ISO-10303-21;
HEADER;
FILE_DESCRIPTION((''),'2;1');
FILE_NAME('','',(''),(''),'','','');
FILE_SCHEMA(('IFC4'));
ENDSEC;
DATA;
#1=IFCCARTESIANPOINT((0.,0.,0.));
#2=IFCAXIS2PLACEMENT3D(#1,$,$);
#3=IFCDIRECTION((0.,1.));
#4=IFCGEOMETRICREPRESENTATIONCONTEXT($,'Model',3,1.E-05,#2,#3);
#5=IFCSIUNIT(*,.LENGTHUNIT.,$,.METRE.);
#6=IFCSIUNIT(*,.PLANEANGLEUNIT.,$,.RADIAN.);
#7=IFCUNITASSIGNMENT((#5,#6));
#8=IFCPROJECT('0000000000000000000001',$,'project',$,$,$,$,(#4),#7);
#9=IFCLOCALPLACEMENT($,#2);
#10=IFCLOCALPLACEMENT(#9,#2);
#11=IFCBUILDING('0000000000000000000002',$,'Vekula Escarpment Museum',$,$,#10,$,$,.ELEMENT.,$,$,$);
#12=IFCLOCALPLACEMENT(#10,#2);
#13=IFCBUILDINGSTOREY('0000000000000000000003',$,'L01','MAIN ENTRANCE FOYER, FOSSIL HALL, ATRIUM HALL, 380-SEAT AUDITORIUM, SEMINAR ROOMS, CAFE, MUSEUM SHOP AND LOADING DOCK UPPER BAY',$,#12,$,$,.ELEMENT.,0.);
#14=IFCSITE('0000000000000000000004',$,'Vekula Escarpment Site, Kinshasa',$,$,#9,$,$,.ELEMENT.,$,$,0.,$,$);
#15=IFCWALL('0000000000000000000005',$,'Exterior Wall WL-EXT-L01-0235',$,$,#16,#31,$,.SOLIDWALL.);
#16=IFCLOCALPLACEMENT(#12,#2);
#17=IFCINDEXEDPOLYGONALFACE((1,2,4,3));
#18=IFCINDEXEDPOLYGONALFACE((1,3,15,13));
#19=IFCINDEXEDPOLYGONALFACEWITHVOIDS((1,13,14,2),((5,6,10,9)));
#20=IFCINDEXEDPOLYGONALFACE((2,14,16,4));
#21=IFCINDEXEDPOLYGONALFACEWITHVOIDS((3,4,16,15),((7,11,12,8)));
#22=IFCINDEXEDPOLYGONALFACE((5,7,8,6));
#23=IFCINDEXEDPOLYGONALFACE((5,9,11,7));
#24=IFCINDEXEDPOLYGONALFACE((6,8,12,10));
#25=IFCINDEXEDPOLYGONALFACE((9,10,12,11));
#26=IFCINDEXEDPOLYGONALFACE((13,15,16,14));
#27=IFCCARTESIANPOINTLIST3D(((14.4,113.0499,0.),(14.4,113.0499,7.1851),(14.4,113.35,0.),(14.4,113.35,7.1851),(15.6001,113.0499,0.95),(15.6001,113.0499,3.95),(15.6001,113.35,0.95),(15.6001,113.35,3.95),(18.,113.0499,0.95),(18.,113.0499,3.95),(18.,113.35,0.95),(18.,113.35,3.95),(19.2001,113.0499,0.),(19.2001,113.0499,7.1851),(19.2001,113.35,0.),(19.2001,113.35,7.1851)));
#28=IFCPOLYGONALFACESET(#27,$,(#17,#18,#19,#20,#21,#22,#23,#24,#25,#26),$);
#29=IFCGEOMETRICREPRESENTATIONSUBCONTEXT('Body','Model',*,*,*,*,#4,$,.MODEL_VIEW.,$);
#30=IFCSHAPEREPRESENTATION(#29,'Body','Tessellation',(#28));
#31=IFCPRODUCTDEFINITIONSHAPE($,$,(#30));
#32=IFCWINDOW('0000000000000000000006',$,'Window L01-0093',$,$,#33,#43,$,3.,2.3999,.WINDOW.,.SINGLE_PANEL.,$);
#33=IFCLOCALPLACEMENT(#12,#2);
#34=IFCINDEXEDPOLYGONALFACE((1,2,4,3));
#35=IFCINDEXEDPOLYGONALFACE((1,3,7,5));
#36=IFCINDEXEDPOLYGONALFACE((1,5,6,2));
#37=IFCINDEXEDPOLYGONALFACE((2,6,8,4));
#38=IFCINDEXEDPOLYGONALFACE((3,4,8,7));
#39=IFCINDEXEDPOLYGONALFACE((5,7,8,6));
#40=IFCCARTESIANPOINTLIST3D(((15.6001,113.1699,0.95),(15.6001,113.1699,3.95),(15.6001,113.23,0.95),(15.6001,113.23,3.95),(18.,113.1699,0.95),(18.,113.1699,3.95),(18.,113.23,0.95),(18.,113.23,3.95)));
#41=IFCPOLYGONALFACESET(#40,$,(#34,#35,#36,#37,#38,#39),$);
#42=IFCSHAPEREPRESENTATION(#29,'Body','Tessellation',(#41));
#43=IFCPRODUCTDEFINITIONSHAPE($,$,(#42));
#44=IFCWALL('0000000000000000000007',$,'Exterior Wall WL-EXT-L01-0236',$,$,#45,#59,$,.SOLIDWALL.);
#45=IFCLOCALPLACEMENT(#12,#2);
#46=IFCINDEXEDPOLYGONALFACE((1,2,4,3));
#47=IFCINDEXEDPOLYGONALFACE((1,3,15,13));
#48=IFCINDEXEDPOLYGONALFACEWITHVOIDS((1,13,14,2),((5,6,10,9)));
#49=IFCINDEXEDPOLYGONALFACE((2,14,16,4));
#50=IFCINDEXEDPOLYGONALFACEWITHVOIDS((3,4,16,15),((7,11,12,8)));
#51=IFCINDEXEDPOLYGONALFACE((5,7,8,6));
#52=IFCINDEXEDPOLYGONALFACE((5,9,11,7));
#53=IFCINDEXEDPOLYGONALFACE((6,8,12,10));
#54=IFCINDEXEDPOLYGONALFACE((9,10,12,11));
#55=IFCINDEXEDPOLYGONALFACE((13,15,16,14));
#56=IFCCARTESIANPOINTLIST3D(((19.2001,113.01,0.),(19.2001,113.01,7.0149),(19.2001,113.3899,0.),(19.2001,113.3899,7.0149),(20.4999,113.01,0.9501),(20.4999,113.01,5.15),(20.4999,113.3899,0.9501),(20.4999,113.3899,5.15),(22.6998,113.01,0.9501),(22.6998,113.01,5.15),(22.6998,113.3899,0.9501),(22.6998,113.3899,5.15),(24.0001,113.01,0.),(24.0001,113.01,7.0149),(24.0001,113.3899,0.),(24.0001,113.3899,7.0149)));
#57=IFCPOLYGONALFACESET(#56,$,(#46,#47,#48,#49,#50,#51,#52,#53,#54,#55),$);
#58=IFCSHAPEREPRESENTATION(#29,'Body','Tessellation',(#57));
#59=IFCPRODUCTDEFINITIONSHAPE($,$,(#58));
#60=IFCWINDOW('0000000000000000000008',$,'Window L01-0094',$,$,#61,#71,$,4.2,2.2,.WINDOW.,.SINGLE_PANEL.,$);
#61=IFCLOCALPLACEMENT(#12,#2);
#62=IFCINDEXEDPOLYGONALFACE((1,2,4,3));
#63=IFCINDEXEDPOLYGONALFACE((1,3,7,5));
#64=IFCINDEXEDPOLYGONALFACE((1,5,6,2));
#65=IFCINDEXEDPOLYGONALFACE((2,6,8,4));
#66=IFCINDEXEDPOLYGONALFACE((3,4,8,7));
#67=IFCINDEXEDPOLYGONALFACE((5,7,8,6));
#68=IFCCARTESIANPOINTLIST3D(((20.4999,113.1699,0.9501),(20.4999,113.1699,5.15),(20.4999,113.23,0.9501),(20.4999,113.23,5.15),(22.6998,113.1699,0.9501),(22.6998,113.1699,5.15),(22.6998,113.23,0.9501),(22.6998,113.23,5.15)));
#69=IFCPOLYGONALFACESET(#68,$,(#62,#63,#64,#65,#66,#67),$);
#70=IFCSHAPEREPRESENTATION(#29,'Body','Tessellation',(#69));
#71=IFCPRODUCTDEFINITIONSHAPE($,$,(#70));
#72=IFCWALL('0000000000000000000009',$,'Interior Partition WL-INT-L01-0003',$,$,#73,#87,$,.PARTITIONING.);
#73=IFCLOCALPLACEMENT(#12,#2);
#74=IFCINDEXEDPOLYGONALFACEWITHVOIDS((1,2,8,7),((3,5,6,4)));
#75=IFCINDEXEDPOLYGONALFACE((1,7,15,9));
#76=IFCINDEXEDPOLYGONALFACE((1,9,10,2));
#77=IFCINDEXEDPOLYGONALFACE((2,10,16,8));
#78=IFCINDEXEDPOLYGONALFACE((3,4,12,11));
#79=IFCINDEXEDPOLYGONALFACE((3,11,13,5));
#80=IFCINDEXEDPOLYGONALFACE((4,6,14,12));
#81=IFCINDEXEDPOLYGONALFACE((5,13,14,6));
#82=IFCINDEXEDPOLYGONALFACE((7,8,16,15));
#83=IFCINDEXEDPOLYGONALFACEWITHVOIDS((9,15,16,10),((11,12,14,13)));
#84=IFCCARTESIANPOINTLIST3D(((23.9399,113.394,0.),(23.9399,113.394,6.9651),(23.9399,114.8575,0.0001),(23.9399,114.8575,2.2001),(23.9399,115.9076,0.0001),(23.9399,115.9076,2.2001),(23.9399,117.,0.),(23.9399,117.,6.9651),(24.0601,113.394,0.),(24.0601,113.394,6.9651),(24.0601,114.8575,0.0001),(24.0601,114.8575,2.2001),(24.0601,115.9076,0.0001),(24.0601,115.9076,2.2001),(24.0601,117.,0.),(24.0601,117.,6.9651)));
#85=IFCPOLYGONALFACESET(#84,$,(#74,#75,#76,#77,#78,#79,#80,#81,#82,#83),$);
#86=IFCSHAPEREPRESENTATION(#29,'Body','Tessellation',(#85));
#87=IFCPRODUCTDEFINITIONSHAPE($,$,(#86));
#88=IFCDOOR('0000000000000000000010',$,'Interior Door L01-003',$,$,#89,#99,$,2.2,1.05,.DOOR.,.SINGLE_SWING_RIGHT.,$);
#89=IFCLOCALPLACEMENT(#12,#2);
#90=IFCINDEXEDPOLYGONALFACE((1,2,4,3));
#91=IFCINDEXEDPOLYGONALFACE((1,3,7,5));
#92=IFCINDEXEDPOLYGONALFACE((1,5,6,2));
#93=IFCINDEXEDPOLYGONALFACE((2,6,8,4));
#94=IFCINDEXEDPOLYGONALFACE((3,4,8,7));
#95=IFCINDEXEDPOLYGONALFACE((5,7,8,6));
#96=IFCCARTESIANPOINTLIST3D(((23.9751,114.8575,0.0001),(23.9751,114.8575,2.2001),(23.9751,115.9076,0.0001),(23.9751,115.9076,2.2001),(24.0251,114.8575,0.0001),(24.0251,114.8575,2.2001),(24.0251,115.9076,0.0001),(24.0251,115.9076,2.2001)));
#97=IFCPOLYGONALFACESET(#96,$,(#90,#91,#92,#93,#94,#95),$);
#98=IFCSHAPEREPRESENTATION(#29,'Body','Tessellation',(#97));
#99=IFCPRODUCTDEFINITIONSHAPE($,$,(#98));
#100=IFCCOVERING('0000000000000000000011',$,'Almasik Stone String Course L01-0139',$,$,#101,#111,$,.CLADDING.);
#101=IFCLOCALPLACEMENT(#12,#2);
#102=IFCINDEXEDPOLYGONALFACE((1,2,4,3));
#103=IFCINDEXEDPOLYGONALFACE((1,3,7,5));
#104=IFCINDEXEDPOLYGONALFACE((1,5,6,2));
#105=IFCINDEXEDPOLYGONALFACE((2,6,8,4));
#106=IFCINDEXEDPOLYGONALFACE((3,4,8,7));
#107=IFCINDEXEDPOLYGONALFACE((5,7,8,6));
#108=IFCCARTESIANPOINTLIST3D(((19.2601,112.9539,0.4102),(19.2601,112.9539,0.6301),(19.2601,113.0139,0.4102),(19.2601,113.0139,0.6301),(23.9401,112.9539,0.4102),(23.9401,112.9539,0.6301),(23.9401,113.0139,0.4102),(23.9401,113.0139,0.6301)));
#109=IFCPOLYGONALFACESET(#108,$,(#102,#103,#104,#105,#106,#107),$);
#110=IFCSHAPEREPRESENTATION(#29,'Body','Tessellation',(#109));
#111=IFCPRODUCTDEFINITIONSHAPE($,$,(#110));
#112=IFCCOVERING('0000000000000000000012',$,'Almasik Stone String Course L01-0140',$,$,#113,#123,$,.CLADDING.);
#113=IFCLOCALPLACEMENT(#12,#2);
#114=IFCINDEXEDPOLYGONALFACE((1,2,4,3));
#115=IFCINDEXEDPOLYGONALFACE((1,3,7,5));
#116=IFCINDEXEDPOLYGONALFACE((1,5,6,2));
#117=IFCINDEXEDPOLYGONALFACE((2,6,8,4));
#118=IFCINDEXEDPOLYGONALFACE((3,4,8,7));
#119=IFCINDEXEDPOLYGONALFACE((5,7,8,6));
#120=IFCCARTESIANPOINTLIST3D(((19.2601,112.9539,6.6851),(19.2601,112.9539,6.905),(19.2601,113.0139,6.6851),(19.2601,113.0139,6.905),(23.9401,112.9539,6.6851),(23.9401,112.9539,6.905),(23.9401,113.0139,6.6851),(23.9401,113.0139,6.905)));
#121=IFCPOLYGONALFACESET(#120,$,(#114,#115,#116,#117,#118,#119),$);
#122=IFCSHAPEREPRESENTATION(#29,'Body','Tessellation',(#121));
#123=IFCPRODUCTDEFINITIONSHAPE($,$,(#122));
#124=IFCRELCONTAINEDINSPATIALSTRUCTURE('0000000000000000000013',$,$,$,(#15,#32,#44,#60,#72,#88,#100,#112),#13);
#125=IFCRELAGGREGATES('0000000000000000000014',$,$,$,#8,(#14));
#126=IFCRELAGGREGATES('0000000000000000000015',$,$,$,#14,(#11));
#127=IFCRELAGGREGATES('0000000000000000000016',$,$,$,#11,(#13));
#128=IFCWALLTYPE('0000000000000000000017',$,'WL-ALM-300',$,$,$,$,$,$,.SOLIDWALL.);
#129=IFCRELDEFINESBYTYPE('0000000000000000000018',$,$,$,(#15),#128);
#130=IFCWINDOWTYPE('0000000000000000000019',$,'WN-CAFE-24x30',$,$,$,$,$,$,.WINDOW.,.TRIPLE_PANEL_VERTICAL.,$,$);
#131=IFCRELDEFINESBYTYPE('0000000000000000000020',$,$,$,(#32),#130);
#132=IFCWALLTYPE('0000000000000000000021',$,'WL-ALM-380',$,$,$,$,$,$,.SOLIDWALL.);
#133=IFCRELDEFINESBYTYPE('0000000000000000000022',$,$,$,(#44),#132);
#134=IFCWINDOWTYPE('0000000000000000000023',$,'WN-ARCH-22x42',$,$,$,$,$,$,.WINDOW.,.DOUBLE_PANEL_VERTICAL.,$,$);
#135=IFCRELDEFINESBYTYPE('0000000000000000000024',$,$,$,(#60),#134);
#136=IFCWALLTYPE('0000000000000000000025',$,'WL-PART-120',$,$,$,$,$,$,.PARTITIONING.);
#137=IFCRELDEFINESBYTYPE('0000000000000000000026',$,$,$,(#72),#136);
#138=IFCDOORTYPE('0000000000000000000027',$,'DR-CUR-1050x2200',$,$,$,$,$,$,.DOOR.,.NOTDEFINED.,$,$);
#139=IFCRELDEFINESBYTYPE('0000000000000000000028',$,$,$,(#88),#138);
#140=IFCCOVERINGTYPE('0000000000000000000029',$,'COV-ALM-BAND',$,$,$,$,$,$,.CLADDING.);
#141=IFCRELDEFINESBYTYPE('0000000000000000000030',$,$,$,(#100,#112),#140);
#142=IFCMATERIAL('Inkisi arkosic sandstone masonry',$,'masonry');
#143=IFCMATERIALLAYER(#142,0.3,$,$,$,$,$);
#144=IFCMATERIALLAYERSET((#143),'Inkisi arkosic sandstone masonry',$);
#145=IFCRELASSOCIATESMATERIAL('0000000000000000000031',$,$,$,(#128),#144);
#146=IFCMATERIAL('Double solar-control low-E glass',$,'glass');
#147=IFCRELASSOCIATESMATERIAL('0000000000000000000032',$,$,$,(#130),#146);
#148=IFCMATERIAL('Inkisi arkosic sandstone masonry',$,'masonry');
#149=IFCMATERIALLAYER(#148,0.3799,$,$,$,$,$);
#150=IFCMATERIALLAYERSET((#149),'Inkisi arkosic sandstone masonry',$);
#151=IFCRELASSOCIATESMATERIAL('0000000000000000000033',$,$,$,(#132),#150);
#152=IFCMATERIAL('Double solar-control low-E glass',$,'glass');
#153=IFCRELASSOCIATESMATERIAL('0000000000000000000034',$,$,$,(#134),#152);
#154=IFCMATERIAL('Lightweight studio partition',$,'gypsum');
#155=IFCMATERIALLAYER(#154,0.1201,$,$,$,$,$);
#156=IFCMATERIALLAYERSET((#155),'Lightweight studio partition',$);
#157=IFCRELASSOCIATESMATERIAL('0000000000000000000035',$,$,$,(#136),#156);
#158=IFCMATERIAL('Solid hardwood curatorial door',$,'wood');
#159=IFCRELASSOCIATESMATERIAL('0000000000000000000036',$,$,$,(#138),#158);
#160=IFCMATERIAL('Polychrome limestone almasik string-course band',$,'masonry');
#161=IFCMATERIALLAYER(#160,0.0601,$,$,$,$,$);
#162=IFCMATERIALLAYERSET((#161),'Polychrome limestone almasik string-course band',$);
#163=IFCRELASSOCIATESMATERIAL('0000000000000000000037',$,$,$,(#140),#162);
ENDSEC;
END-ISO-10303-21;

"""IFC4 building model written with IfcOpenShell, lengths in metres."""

from ifc_helpers import new_model, si_unit, direction, frame, frame_2d, origin, origin_2d, place, context, subcontext, project, spatial, rectangle, extrude, material, layer, layer_set, type_object, element, fill, save


model = new_model("IFC4")

# Units and contexts
model_context = context("Model", 3, precision=1e-05, world=origin(), true_north=direction((0.0, 1.0)))
body_context = subcontext(model_context, "Body", "Model", "MODEL_VIEW")
ifc_project = project(units=[si_unit("LENGTHUNIT", "METRE"), si_unit("PLANEANGLEUNIT", "RADIAN")], contexts=[model_context])

# Site, building, storey
site_placement = place(None, origin())
site = spatial("IfcSite", under=ifc_project, at=site_placement, Name="Vekula Escarpment Site, Kinshasa", CompositionType="ELEMENT", RefElevation=0.0)
building_placement = place(site_placement, origin())
building = spatial("IfcBuilding", under=site, at=building_placement, Name="Vekula Escarpment Museum", CompositionType="ELEMENT")
storey_placement = place(building_placement, origin())
storey = spatial("IfcBuildingStorey", under=building, at=storey_placement, Name="L01", Description="MAIN ENTRANCE FOYER, FOSSIL HALL, ATRIUM HALL, 380-SEAT AUDITORIUM, SEMINAR ROOMS, CAFE, MUSEUM SHOP AND LOADING DOCK UPPER BAY", CompositionType="ELEMENT", Elevation=0.0)

# Walls, openings, windows
ifc_material_1 = material(Name="Inkisi arkosic sandstone masonry", Category="masonry")
ifc_layer_1 = layer(ifc_material_1, 0.3)
ifc_layer_set_1 = layer_set([ifc_layer_1], Name="Inkisi arkosic sandstone masonry")
wall_type_1 = type_object("IfcWallType", Name="WL-ALM-300", PredefinedType="SOLIDWALL", material=ifc_layer_set_1)
wall_1_placement = place(storey_placement, frame((19.2, 113.2, 0.0), z_axis=(0.0, 0.0, 1.0), x_axis=(-1.0, 0.0, 0.0)))
wall_1 = element("IfcWall", 1, at=wall_1_placement, inside=storey, type_object=wall_type_1, Name="Exterior Wall WL-EXT-L01-0235", PredefinedType="SOLIDWALL", context=body_context, shape_type="SweptSolid", body=[
    extrude(rectangle(XDim=4.8, YDim=0.3, at=frame_2d((2.3999, 0.0))), origin(), (0.0, 0.0, 1.0), 7.1851),
])
opening_1_placement = place(wall_1_placement, frame((1.2, 0.0, 0.95)))
opening_1 = element("IfcOpeningElement", 2, at=opening_1_placement, cuts=wall_1, PredefinedType="OPENING", context=body_context, shape_type="SweptSolid", body=[
    extrude(rectangle(XDim=2.3999, YDim=3.0, at=frame_2d((1.2, 1.5))), frame((0.0, 0.1599, 0.0), z_axis=(0.0, -1.0, 0.0), x_axis=(1.0, 0.0, 0.0)), (0.0, 0.0, 1.0), 0.3201),
])
ifc_material_2 = material(Name="Double solar-control low-E glass", Category="glass")
window_type_1 = type_object("IfcWindowType", Name="WN-CAFE-24x30", PartitioningType="TRIPLE_PANEL_VERTICAL", PredefinedType="WINDOW", material=ifc_material_2)
window_1_placement = place(opening_1_placement, origin())
window_1 = element("IfcWindow", 3, at=window_1_placement, inside=storey, type_object=window_type_1, Name="Window L01-0093", OverallHeight=3.0, OverallWidth=2.3999, PartitioningType="SINGLE_PANEL", PredefinedType="WINDOW", context=body_context, shape_type="SweptSolid", body=[
    extrude(rectangle(XDim=2.3999, YDim=3.0, at=frame_2d((1.2, 1.5))), frame((0.0, 0.03, 0.0), z_axis=(0.0, -1.0, 0.0), x_axis=(1.0, 0.0, 0.0)), (0.0, 0.0, 1.0), 0.0601),
])
fill(opening_1, window_1)
ifc_material_3 = material(Name="Inkisi arkosic sandstone masonry", Category="masonry")
ifc_layer_2 = layer(ifc_material_3, 0.3799)
ifc_layer_set_2 = layer_set([ifc_layer_2], Name="Inkisi arkosic sandstone masonry")
wall_type_2 = type_object("IfcWallType", Name="WL-ALM-380", PredefinedType="SOLIDWALL", material=ifc_layer_set_2)
wall_2_placement = place(storey_placement, frame((24.0, 113.2, 0.0), z_axis=(0.0, 0.0, 1.0), x_axis=(-1.0, 0.0, 0.0)))
wall_2 = element("IfcWall", 4, at=wall_2_placement, inside=storey, type_object=wall_type_2, Name="Exterior Wall WL-EXT-L01-0236", PredefinedType="SOLIDWALL", context=body_context, shape_type="SweptSolid", body=[
    extrude(rectangle(XDim=4.8, YDim=0.3799, at=frame_2d((2.3999, 0.0))), origin(), (0.0, 0.0, 1.0), 7.0149),
])
opening_2_placement = place(wall_2_placement, frame((1.3, 0.0, 0.95)))
opening_2 = element("IfcOpeningElement", 5, at=opening_2_placement, cuts=wall_2, PredefinedType="OPENING", context=body_context, shape_type="SweptSolid", body=[
    extrude(rectangle(XDim=2.2, YDim=4.2, at=frame_2d((1.1001, 2.1001))), frame((0.0, 0.2, 0.0), z_axis=(0.0, -1.0, 0.0), x_axis=(1.0, 0.0, 0.0)), (0.0, 0.0, 1.0), 0.3999),
])
ifc_material_4 = material(Name="Double solar-control low-E glass", Category="glass")
window_type_2 = type_object("IfcWindowType", Name="WN-ARCH-22x42", PartitioningType="DOUBLE_PANEL_VERTICAL", PredefinedType="WINDOW", material=ifc_material_4)
window_2_placement = place(opening_2_placement, origin())
window_2 = element("IfcWindow", 6, at=window_2_placement, inside=storey, type_object=window_type_2, Name="Window L01-0094", OverallHeight=4.2, OverallWidth=2.2, PartitioningType="SINGLE_PANEL", PredefinedType="WINDOW", context=body_context, shape_type="SweptSolid", body=[
    extrude(rectangle(XDim=2.2, YDim=4.2, at=frame_2d((1.1001, 2.1001))), frame((0.0, 0.03, 0.0), z_axis=(0.0, -1.0, 0.0), x_axis=(1.0, 0.0, 0.0)), (0.0, 0.0, 1.0), 0.0601),
])
fill(opening_2, window_2)

# Wall, opening, door
ifc_material_5 = material(Name="Lightweight studio partition", Category="gypsum")
ifc_layer_3 = layer(ifc_material_5, 0.1201)
ifc_layer_set_3 = layer_set([ifc_layer_3], Name="Lightweight studio partition")
wall_type_3 = type_object("IfcWallType", Name="WL-PART-120", PredefinedType="PARTITIONING", material=ifc_layer_set_3)
wall_3_placement = place(storey_placement, frame((24.0, 113.394, 0.0), z_axis=(0.0, 0.0, 1.0), x_axis=(0.0, 1.0, 0.0)))
wall_3 = element("IfcWall", 7, at=wall_3_placement, inside=storey, type_object=wall_type_3, Name="Interior Partition WL-INT-L01-0003", PredefinedType="PARTITIONING", context=body_context, shape_type="SweptSolid", body=[
    extrude(rectangle(XDim=3.606, YDim=0.1201, at=frame_2d((1.803, 0.0))), origin(), (0.0, 0.0, 1.0), 6.9651),
])
opening_3_placement = place(wall_3_placement, frame((1.4636, 0.0, 0.0)))
opening_3 = element("IfcOpeningElement", 8, at=opening_3_placement, cuts=wall_3, PredefinedType="OPENING", context=body_context, shape_type="SweptSolid", body=[
    extrude(rectangle(XDim=1.05, YDim=2.2, at=frame_2d((0.5249, 1.1001))), frame((0.0, 0.0701, 0.0), z_axis=(0.0, -1.0, 0.0), x_axis=(1.0, 0.0, 0.0)), (0.0, 0.0, 1.0), 0.1401),
])
ifc_material_6 = material(Name="Solid hardwood curatorial door", Category="wood")
door_type = type_object("IfcDoorType", Name="DR-CUR-1050x2200", OperationType="NOTDEFINED", PredefinedType="DOOR", material=ifc_material_6)
door_placement = place(opening_3_placement, origin())
door = element("IfcDoor", 9, at=door_placement, inside=storey, type_object=door_type, Name="Interior Door L01-003", OperationType="SINGLE_SWING_RIGHT", OverallHeight=2.2, OverallWidth=1.05, PredefinedType="DOOR", context=body_context, shape_type="SweptSolid", body=[
    extrude(rectangle(XDim=1.05, YDim=2.2, at=frame_2d((0.5249, 1.1001))), frame((0.0, 0.0249, 0.0), z_axis=(0.0, -1.0, 0.0), x_axis=(1.0, 0.0, 0.0)), (0.0, 0.0, 1.0), 0.05),
])
fill(opening_3, door)

# Coverings
ifc_material_7 = material(Name="Polychrome limestone almasik string-course band", Category="masonry")
ifc_layer_4 = layer(ifc_material_7, 0.0601)
ifc_layer_set_4 = layer_set([ifc_layer_4], Name="Polychrome limestone almasik string-course band")
covering_type = type_object("IfcCoveringType", Name="COV-ALM-BAND", PredefinedType="CLADDING", material=ifc_layer_set_4)
for number, where, z_axis, x_axis, name in (
    (10, (21.6001, 112.9839, 0.4102), (0.0, 0.0, 1.0), (1.0, 0.0, 0.0), "Almasik Stone String Course L01-0139"),
    (11, (21.6001, 112.9839, 6.6851), (0.0, 0.0, 1.0), (1.0, 0.0, 0.0), "Almasik Stone String Course L01-0140"),
):
    element("IfcCovering", number, at=place(storey_placement, frame(where, z_axis=z_axis, x_axis=x_axis)), inside=storey, type_object=covering_type, Name=name, PredefinedType="CLADDING", context=body_context, shape_type="SweptSolid", body=[
        extrude(rectangle(XDim=4.6799, YDim=0.0601, at=origin_2d()), origin(), (0.0, 0.0, 1.0), 0.22),
    ])

save(model, "model.ifc")
